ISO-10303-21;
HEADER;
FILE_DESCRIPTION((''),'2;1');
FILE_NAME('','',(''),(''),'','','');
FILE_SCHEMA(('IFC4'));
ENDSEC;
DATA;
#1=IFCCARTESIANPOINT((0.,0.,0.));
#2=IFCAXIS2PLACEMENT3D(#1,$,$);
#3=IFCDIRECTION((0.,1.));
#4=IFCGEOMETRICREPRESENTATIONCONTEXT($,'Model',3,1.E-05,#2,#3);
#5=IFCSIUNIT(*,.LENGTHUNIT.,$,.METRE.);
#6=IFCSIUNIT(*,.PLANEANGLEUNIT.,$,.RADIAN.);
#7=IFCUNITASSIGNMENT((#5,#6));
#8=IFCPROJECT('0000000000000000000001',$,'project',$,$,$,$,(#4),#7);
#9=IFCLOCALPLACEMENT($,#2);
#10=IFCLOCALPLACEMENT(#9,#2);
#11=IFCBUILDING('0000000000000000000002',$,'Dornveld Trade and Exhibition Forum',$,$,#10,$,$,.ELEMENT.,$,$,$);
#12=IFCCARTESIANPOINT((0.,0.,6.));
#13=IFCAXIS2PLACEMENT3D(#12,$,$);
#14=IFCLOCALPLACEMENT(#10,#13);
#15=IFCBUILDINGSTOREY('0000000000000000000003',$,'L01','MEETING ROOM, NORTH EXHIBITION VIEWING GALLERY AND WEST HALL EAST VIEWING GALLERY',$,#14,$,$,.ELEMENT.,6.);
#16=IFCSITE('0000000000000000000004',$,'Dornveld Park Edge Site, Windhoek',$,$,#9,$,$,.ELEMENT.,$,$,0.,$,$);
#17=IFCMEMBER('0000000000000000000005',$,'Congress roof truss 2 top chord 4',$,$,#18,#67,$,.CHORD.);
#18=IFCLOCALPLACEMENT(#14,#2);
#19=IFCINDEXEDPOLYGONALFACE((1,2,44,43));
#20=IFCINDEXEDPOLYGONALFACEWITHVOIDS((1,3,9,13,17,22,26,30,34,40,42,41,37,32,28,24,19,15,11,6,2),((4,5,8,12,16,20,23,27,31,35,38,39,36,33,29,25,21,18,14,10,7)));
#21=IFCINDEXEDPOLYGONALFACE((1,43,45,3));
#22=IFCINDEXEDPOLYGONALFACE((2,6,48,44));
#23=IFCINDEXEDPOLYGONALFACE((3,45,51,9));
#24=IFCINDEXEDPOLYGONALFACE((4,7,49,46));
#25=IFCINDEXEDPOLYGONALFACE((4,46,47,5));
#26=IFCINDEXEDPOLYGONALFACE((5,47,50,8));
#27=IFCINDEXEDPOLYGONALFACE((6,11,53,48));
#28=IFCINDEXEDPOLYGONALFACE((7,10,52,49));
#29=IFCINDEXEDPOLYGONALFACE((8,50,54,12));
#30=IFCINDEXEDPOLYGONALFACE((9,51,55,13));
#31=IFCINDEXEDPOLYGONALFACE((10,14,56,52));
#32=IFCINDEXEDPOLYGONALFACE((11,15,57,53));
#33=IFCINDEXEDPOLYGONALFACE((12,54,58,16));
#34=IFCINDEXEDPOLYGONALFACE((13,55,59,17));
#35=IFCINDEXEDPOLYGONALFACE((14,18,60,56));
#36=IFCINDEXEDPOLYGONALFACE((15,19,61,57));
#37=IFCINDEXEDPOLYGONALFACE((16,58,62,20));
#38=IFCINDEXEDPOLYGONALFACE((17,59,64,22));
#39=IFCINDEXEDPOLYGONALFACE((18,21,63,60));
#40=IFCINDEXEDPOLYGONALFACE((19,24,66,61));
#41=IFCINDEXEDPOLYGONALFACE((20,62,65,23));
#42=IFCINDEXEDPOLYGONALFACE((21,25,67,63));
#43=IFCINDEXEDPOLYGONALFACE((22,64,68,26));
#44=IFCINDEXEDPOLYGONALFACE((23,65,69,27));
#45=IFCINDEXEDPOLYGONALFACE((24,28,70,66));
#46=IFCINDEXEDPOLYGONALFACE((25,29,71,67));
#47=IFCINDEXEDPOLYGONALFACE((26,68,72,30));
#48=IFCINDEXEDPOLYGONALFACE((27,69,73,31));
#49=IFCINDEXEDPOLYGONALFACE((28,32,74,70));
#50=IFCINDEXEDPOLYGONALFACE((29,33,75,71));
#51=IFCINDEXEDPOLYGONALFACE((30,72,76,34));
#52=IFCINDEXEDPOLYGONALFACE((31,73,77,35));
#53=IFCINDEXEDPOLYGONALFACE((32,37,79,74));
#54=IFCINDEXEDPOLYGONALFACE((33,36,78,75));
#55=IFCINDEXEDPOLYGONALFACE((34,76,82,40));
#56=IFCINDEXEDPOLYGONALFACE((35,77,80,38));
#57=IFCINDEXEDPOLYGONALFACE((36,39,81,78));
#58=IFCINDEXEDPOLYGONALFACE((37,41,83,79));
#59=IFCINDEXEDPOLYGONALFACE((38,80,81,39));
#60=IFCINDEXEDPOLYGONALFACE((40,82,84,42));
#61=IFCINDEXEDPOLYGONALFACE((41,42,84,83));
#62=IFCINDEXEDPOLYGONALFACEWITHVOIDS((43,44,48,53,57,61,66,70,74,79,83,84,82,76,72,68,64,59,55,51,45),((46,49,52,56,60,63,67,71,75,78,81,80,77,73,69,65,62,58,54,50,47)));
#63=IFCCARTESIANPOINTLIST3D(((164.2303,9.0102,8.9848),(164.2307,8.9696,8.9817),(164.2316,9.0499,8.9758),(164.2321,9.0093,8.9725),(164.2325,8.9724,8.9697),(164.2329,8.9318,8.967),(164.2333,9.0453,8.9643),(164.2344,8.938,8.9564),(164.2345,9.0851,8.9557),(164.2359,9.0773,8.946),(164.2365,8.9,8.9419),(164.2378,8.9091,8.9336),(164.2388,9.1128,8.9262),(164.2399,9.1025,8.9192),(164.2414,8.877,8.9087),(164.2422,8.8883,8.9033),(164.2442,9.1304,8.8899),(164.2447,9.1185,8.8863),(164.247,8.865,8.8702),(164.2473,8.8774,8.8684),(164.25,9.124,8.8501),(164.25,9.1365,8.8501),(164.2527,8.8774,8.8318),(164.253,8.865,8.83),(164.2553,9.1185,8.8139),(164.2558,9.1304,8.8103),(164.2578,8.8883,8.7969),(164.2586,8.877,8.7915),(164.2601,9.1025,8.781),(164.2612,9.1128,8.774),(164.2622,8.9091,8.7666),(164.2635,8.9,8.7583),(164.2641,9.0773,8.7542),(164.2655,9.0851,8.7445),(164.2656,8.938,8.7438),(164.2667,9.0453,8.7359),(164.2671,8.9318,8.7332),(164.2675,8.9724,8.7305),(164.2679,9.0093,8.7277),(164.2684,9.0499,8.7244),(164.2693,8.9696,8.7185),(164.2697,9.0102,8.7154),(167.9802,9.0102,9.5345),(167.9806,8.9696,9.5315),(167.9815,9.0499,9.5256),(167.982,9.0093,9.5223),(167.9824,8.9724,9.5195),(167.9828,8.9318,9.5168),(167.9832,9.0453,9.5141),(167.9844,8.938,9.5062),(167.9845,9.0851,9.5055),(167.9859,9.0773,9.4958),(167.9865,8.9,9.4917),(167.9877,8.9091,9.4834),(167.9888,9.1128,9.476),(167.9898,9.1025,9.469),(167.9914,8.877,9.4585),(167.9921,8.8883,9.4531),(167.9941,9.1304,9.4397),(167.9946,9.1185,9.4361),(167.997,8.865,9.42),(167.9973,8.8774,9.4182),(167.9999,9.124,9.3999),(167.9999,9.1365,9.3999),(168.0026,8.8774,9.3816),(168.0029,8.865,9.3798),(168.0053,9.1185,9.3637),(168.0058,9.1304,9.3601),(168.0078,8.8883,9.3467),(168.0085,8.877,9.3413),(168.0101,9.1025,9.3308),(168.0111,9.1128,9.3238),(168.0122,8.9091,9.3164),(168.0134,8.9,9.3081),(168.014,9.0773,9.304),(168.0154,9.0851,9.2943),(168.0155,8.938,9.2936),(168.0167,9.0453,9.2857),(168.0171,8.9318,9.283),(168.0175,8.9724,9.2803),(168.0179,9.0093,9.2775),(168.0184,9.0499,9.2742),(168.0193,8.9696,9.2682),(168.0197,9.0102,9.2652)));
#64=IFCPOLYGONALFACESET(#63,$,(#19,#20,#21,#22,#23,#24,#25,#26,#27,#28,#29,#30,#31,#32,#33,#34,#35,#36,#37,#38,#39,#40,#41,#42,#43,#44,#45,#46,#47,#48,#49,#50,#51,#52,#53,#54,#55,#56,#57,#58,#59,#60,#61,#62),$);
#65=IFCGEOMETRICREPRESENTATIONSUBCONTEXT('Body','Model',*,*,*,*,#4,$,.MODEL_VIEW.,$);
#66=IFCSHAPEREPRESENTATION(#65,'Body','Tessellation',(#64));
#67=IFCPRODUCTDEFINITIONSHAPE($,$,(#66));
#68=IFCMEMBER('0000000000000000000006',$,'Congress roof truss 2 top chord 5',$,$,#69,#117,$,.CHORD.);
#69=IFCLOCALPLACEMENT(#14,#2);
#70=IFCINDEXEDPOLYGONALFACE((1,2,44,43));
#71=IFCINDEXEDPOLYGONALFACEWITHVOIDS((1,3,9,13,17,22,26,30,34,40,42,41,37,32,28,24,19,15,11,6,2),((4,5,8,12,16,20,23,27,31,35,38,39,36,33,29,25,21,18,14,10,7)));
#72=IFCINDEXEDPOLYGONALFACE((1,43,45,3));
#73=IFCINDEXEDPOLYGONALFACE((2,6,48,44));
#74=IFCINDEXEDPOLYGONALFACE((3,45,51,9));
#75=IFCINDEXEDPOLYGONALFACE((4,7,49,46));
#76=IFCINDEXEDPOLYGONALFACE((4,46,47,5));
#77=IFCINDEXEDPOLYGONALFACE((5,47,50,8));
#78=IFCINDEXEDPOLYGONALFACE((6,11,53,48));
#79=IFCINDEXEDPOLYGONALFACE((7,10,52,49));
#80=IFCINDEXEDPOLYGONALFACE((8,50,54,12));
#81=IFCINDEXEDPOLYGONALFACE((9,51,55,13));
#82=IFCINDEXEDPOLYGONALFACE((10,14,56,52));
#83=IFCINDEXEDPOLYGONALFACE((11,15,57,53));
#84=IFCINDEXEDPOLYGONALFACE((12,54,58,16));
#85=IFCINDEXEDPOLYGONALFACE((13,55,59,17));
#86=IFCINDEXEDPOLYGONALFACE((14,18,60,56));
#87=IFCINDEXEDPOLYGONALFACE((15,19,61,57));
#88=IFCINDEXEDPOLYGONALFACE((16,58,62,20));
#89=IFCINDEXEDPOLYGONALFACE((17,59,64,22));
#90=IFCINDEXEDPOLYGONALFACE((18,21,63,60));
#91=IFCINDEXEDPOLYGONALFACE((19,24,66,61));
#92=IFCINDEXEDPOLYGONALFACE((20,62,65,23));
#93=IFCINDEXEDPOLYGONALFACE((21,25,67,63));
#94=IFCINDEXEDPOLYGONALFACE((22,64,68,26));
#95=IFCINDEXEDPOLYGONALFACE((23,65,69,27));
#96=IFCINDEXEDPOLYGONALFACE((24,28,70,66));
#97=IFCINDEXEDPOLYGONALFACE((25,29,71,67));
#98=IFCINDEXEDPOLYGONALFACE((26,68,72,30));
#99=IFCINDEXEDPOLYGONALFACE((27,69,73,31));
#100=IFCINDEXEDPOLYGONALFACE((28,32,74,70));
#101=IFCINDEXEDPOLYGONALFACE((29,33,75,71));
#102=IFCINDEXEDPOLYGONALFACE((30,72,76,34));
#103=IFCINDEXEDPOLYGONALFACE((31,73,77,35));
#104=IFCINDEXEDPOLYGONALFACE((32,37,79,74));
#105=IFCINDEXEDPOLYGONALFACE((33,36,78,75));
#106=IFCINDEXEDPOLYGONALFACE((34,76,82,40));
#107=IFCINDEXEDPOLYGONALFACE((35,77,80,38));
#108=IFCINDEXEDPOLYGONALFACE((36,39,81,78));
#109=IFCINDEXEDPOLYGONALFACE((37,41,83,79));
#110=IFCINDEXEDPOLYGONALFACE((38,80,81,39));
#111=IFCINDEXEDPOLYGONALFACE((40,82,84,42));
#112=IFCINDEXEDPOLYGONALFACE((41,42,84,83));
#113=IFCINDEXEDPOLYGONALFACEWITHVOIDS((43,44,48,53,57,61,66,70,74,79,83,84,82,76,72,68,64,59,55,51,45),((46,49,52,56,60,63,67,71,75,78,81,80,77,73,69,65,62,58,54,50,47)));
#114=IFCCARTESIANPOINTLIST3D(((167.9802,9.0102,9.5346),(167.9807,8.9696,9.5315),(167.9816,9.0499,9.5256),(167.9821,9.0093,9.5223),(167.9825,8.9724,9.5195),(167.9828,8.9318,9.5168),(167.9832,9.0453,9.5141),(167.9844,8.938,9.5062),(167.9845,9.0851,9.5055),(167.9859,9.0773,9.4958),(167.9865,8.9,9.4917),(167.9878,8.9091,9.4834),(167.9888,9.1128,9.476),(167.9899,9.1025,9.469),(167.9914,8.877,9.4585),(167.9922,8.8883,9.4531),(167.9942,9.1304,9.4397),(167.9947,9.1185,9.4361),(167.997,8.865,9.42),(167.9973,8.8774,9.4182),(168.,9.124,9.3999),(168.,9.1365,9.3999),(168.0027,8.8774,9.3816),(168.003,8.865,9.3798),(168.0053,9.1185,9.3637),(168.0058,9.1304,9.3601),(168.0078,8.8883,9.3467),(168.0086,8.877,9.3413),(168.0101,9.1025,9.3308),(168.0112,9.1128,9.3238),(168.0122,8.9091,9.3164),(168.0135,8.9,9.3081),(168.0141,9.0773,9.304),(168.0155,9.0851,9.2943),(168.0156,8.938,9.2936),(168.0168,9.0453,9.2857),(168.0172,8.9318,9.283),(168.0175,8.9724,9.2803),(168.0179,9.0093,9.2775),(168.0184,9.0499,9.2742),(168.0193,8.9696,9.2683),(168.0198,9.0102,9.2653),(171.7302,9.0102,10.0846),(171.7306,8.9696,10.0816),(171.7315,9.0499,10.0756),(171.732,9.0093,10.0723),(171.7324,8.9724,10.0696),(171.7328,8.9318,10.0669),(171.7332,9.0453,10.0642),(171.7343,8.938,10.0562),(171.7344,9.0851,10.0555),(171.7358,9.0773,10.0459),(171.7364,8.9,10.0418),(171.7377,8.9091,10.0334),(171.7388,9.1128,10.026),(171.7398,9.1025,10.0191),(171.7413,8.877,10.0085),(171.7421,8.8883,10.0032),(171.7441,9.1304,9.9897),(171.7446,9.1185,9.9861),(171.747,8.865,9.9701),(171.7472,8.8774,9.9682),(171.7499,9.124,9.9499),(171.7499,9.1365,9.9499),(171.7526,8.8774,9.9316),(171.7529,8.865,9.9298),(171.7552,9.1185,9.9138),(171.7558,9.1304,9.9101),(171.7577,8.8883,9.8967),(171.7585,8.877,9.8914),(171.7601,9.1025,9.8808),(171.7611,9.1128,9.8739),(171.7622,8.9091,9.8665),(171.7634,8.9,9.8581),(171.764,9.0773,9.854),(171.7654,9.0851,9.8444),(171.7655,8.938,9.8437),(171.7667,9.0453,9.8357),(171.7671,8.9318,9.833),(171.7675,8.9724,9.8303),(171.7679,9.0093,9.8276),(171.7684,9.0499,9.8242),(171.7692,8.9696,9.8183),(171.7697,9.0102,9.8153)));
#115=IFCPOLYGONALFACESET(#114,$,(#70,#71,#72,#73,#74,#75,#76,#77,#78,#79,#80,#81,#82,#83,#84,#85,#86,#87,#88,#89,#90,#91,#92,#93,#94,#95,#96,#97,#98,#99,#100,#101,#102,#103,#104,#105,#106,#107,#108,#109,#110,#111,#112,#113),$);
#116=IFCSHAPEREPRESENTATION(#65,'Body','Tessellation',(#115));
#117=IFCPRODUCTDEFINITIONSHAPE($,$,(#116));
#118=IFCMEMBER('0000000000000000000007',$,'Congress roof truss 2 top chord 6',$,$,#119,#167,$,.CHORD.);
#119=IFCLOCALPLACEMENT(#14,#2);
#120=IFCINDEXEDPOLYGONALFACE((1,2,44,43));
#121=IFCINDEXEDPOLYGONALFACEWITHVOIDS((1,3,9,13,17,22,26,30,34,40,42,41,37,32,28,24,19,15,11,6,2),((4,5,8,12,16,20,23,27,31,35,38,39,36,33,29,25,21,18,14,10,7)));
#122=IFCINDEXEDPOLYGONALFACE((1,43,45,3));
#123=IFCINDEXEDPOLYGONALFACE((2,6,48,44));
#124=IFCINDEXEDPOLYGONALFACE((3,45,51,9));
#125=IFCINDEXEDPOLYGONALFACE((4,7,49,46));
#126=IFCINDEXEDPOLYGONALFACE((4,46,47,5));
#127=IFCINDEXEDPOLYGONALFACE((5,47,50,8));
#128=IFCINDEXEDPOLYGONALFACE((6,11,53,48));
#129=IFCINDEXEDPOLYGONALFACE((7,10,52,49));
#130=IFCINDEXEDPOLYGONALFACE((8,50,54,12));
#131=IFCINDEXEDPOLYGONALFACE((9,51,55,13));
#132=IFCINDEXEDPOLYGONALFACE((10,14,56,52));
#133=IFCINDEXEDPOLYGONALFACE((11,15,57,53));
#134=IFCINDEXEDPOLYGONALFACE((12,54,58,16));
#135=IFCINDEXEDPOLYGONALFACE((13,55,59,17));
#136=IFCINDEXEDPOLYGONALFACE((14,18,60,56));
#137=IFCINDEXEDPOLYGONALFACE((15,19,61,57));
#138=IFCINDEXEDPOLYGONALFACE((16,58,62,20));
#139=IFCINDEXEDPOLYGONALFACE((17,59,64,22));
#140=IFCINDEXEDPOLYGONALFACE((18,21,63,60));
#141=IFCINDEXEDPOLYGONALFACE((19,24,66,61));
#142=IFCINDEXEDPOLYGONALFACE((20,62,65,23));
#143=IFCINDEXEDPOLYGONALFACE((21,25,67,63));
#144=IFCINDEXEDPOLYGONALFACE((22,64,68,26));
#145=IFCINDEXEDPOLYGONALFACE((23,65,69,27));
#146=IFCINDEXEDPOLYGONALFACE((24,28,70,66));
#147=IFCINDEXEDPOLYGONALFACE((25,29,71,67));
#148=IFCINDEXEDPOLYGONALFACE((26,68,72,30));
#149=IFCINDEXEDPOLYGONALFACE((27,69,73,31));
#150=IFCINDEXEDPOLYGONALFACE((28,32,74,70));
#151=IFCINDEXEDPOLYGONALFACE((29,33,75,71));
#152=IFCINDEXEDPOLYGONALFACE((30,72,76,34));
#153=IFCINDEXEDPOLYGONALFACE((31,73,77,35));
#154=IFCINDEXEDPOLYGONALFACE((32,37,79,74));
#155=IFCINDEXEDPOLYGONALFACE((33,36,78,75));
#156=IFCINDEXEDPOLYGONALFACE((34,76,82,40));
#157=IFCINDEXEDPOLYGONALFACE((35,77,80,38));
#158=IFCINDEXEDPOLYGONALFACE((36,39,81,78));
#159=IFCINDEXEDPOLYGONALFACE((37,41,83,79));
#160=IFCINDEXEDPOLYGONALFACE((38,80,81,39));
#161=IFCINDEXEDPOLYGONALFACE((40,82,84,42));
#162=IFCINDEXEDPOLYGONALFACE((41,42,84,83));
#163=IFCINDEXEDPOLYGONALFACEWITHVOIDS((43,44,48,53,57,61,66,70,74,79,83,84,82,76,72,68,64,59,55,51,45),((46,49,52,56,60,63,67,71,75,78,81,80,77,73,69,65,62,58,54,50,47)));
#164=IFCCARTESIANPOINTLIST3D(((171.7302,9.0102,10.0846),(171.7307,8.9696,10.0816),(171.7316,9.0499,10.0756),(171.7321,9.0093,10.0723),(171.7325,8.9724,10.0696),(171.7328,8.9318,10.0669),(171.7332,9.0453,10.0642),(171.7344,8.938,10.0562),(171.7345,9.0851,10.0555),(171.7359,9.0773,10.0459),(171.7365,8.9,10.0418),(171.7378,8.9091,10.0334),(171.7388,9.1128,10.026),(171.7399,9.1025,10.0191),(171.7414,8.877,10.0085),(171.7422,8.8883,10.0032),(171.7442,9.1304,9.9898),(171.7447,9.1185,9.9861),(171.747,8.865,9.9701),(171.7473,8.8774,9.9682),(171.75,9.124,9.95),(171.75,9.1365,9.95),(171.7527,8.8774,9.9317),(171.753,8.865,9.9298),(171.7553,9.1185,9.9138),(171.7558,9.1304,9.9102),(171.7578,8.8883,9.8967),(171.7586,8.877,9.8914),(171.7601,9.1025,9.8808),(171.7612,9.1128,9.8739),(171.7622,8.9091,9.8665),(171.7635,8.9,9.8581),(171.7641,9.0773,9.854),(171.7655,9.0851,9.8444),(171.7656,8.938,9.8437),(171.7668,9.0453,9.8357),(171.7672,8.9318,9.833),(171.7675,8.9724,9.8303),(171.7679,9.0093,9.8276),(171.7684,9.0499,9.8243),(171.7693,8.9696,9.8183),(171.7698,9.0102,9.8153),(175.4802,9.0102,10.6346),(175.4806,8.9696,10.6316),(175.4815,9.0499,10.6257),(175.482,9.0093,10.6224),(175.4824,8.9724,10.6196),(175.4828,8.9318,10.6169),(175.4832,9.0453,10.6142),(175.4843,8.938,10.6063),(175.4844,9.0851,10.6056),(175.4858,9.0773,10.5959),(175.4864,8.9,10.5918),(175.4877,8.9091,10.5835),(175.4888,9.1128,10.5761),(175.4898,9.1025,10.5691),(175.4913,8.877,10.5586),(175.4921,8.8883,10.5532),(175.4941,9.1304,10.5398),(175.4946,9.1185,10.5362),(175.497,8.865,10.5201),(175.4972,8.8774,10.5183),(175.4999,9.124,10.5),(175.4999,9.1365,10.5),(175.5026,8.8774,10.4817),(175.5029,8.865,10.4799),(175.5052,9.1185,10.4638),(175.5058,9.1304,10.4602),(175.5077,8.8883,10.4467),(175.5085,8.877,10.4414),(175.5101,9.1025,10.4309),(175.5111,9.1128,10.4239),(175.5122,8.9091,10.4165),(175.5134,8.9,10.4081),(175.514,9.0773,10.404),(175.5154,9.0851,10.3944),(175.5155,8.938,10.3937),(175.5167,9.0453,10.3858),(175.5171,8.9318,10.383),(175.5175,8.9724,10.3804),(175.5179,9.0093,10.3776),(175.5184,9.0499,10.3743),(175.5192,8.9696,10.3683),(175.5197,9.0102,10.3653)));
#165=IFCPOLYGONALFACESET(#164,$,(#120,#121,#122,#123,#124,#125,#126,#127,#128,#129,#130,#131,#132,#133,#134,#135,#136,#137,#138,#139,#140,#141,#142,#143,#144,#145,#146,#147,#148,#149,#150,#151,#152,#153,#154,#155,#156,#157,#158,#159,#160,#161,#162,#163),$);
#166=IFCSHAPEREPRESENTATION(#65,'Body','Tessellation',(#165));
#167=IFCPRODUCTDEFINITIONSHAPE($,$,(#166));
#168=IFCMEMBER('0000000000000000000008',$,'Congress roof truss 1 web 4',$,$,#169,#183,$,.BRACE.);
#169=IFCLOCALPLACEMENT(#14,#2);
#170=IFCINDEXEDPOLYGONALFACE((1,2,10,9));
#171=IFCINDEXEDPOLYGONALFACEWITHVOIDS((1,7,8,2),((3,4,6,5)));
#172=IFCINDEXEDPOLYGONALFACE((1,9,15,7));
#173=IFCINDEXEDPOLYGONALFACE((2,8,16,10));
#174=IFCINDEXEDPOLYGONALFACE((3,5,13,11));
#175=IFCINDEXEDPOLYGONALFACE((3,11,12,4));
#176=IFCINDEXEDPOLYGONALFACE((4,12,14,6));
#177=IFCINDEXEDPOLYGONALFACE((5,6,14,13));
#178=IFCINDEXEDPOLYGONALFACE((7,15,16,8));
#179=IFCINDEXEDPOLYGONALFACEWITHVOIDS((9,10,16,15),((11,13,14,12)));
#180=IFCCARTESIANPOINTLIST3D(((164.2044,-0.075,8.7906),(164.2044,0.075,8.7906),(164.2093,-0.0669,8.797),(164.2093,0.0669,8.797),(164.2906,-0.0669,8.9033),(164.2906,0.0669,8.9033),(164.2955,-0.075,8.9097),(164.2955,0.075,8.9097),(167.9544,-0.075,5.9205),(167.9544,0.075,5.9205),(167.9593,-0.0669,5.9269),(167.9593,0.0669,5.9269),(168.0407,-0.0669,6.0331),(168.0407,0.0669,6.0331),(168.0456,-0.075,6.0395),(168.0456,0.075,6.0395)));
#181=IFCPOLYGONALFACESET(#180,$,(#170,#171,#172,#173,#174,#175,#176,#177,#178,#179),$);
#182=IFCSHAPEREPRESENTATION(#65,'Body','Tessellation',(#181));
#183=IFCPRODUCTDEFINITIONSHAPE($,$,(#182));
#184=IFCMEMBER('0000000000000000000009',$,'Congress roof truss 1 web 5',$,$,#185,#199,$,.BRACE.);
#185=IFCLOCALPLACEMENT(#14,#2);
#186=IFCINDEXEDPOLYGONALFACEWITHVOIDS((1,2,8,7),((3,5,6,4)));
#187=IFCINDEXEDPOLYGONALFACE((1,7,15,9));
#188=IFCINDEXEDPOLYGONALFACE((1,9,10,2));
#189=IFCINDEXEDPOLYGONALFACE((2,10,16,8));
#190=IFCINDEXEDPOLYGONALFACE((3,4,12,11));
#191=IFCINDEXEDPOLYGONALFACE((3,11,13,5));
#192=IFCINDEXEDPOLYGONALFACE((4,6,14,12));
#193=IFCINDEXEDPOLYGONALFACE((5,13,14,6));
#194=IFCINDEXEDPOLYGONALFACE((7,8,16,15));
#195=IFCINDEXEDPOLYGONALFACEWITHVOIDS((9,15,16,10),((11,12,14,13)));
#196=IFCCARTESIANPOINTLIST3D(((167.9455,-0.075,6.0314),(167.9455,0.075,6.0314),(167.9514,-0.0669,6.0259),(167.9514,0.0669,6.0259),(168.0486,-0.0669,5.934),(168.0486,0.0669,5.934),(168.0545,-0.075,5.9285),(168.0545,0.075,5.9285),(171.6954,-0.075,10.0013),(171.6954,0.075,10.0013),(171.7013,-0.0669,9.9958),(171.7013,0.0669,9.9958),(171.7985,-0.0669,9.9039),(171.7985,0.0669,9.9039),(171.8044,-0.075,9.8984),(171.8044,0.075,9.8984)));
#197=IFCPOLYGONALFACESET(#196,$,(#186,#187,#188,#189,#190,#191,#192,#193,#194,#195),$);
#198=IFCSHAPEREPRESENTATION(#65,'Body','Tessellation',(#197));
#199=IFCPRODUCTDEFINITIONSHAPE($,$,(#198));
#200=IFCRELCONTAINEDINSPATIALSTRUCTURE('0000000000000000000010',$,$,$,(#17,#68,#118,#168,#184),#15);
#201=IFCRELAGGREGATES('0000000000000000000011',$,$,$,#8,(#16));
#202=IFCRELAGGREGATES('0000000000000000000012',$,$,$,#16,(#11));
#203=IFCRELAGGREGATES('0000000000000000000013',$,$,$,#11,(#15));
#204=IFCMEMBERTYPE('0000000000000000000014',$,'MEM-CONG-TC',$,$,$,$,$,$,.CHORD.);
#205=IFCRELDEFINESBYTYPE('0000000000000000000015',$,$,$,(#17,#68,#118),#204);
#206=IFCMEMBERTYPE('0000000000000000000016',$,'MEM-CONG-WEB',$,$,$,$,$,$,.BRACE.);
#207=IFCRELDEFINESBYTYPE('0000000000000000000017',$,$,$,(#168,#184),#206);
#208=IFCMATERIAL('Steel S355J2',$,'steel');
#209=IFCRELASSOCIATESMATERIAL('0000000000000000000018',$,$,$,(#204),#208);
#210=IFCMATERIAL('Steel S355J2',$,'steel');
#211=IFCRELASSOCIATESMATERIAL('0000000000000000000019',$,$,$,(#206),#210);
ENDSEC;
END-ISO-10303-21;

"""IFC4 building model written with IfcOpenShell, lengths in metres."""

from ifc_helpers import new_model, si_unit, direction, frame, origin, origin_2d, place, context, subcontext, project, spatial, hollow_rectangle, hollow_circle, extrude, material, material_profile, profile_set, type_object, element, save


model = new_model("IFC4")

# Units and contexts
model_context = context("Model", 3, precision=1e-05, world=origin(), true_north=direction((0.0, 1.0)))
body_context = subcontext(model_context, "Body", "Model", "MODEL_VIEW")
ifc_project = project(units=[si_unit("LENGTHUNIT", "METRE"), si_unit("PLANEANGLEUNIT", "RADIAN")], contexts=[model_context])

# Site, building, storey
site_placement = place(None, origin())
site = spatial("IfcSite", under=ifc_project, at=site_placement, Name="Dornveld Park Edge Site, Windhoek", CompositionType="ELEMENT", RefElevation=0.0)
building_placement = place(site_placement, origin())
building = spatial("IfcBuilding", under=site, at=building_placement, Name="Dornveld Trade and Exhibition Forum", CompositionType="ELEMENT")
storey_placement = place(building_placement, frame((0.0, 0.0, 6.0)))
storey = spatial("IfcBuildingStorey", under=building, at=storey_placement, Name="L01", Description="MEETING ROOM, NORTH EXHIBITION VIEWING GALLERY AND WEST HALL EAST VIEWING GALLERY", CompositionType="ELEMENT", Elevation=6.0)

# Members
ifc_material_1 = material(Name="Steel S355J2", Category="steel")
ifc_material_profile_1 = material_profile(ifc_material_1, hollow_circle(Radius=0.1365, WallThickness=0.0125, at=origin_2d()), Name="CHS 273x12.5")
ifc_profile_set_1 = profile_set([ifc_material_profile_1], Name="Steel S355J2")
member_type_1 = type_object("IfcMemberType", Name="MEM-CONG-TC", PredefinedType="CHORD", material=ifc_profile_set_1)
for number, where, z_axis, x_axis, name in (
    (1, (164.25, 9.0, 8.8501), (0.989422, 0.0, 0.145064), (0.0, 1.0, 0.0), "Congress roof truss 2 top chord 4"),
    (2, (168.0, 9.0, 9.3999), (0.989413, 0.0, 0.145127), (0.0, 1.0, 0.0), "Congress roof truss 2 top chord 5"),
    (3, (171.75, 9.0, 9.95), (0.989413, 0.0, 0.145127), (0.0, 1.0, 0.0), "Congress roof truss 2 top chord 6"),
):
    element("IfcMember", number, at=place(storey_placement, frame(where, z_axis=z_axis, x_axis=x_axis)), inside=storey, type_object=member_type_1, Name=name, PredefinedType="CHORD", context=body_context, shape_type="SweptSolid", body=[
        extrude(hollow_circle(Radius=0.1365, WallThickness=0.0125, at=origin_2d()), origin(), (0.0, 0.0, 1.0), 3.79),
    ])
ifc_material_2 = material(Name="Steel S355J2", Category="steel")
ifc_material_profile_2 = material_profile(ifc_material_2, hollow_rectangle(XDim=0.1499, YDim=0.1499, WallThickness=0.0081, at=origin_2d()), Name="SHS 150x150x8")
ifc_profile_set_2 = profile_set([ifc_material_profile_2], Name="Steel S355J2")
member_type_2 = type_object("IfcMemberType", Name="MEM-CONG-WEB", PredefinedType="BRACE", material=ifc_profile_set_2)
member_1_placement = place(storey_placement, frame((168.0, 0.0, 5.98), z_axis=(-0.794105, 0.0, 0.60778), x_axis=(0.0, -1.0, 0.0)))
element("IfcMember", 4, at=member_1_placement, inside=storey, type_object=member_type_2, Name="Congress roof truss 1 web 4", PredefinedType="BRACE", context=body_context, shape_type="SweptSolid", body=[
    extrude(hollow_rectangle(XDim=0.1499, YDim=0.1499, WallThickness=0.0081, at=origin_2d()), origin(), (0.0, 0.0, 1.0), 4.7224),
])
member_2_placement = place(storey_placement, frame((168.0, 0.0, 5.98), z_axis=(0.68668, 0.0, 0.72696), x_axis=(0.0, 1.0, 0.0)))
element("IfcMember", 5, at=member_2_placement, inside=storey, type_object=member_type_2, Name="Congress roof truss 1 web 5", PredefinedType="BRACE", context=body_context, shape_type="SweptSolid", body=[
    extrude(hollow_rectangle(XDim=0.1499, YDim=0.1499, WallThickness=0.0081, at=origin_2d()), origin(), (0.0, 0.0, 1.0), 5.4609),
])

save(model, "model.ifc")
